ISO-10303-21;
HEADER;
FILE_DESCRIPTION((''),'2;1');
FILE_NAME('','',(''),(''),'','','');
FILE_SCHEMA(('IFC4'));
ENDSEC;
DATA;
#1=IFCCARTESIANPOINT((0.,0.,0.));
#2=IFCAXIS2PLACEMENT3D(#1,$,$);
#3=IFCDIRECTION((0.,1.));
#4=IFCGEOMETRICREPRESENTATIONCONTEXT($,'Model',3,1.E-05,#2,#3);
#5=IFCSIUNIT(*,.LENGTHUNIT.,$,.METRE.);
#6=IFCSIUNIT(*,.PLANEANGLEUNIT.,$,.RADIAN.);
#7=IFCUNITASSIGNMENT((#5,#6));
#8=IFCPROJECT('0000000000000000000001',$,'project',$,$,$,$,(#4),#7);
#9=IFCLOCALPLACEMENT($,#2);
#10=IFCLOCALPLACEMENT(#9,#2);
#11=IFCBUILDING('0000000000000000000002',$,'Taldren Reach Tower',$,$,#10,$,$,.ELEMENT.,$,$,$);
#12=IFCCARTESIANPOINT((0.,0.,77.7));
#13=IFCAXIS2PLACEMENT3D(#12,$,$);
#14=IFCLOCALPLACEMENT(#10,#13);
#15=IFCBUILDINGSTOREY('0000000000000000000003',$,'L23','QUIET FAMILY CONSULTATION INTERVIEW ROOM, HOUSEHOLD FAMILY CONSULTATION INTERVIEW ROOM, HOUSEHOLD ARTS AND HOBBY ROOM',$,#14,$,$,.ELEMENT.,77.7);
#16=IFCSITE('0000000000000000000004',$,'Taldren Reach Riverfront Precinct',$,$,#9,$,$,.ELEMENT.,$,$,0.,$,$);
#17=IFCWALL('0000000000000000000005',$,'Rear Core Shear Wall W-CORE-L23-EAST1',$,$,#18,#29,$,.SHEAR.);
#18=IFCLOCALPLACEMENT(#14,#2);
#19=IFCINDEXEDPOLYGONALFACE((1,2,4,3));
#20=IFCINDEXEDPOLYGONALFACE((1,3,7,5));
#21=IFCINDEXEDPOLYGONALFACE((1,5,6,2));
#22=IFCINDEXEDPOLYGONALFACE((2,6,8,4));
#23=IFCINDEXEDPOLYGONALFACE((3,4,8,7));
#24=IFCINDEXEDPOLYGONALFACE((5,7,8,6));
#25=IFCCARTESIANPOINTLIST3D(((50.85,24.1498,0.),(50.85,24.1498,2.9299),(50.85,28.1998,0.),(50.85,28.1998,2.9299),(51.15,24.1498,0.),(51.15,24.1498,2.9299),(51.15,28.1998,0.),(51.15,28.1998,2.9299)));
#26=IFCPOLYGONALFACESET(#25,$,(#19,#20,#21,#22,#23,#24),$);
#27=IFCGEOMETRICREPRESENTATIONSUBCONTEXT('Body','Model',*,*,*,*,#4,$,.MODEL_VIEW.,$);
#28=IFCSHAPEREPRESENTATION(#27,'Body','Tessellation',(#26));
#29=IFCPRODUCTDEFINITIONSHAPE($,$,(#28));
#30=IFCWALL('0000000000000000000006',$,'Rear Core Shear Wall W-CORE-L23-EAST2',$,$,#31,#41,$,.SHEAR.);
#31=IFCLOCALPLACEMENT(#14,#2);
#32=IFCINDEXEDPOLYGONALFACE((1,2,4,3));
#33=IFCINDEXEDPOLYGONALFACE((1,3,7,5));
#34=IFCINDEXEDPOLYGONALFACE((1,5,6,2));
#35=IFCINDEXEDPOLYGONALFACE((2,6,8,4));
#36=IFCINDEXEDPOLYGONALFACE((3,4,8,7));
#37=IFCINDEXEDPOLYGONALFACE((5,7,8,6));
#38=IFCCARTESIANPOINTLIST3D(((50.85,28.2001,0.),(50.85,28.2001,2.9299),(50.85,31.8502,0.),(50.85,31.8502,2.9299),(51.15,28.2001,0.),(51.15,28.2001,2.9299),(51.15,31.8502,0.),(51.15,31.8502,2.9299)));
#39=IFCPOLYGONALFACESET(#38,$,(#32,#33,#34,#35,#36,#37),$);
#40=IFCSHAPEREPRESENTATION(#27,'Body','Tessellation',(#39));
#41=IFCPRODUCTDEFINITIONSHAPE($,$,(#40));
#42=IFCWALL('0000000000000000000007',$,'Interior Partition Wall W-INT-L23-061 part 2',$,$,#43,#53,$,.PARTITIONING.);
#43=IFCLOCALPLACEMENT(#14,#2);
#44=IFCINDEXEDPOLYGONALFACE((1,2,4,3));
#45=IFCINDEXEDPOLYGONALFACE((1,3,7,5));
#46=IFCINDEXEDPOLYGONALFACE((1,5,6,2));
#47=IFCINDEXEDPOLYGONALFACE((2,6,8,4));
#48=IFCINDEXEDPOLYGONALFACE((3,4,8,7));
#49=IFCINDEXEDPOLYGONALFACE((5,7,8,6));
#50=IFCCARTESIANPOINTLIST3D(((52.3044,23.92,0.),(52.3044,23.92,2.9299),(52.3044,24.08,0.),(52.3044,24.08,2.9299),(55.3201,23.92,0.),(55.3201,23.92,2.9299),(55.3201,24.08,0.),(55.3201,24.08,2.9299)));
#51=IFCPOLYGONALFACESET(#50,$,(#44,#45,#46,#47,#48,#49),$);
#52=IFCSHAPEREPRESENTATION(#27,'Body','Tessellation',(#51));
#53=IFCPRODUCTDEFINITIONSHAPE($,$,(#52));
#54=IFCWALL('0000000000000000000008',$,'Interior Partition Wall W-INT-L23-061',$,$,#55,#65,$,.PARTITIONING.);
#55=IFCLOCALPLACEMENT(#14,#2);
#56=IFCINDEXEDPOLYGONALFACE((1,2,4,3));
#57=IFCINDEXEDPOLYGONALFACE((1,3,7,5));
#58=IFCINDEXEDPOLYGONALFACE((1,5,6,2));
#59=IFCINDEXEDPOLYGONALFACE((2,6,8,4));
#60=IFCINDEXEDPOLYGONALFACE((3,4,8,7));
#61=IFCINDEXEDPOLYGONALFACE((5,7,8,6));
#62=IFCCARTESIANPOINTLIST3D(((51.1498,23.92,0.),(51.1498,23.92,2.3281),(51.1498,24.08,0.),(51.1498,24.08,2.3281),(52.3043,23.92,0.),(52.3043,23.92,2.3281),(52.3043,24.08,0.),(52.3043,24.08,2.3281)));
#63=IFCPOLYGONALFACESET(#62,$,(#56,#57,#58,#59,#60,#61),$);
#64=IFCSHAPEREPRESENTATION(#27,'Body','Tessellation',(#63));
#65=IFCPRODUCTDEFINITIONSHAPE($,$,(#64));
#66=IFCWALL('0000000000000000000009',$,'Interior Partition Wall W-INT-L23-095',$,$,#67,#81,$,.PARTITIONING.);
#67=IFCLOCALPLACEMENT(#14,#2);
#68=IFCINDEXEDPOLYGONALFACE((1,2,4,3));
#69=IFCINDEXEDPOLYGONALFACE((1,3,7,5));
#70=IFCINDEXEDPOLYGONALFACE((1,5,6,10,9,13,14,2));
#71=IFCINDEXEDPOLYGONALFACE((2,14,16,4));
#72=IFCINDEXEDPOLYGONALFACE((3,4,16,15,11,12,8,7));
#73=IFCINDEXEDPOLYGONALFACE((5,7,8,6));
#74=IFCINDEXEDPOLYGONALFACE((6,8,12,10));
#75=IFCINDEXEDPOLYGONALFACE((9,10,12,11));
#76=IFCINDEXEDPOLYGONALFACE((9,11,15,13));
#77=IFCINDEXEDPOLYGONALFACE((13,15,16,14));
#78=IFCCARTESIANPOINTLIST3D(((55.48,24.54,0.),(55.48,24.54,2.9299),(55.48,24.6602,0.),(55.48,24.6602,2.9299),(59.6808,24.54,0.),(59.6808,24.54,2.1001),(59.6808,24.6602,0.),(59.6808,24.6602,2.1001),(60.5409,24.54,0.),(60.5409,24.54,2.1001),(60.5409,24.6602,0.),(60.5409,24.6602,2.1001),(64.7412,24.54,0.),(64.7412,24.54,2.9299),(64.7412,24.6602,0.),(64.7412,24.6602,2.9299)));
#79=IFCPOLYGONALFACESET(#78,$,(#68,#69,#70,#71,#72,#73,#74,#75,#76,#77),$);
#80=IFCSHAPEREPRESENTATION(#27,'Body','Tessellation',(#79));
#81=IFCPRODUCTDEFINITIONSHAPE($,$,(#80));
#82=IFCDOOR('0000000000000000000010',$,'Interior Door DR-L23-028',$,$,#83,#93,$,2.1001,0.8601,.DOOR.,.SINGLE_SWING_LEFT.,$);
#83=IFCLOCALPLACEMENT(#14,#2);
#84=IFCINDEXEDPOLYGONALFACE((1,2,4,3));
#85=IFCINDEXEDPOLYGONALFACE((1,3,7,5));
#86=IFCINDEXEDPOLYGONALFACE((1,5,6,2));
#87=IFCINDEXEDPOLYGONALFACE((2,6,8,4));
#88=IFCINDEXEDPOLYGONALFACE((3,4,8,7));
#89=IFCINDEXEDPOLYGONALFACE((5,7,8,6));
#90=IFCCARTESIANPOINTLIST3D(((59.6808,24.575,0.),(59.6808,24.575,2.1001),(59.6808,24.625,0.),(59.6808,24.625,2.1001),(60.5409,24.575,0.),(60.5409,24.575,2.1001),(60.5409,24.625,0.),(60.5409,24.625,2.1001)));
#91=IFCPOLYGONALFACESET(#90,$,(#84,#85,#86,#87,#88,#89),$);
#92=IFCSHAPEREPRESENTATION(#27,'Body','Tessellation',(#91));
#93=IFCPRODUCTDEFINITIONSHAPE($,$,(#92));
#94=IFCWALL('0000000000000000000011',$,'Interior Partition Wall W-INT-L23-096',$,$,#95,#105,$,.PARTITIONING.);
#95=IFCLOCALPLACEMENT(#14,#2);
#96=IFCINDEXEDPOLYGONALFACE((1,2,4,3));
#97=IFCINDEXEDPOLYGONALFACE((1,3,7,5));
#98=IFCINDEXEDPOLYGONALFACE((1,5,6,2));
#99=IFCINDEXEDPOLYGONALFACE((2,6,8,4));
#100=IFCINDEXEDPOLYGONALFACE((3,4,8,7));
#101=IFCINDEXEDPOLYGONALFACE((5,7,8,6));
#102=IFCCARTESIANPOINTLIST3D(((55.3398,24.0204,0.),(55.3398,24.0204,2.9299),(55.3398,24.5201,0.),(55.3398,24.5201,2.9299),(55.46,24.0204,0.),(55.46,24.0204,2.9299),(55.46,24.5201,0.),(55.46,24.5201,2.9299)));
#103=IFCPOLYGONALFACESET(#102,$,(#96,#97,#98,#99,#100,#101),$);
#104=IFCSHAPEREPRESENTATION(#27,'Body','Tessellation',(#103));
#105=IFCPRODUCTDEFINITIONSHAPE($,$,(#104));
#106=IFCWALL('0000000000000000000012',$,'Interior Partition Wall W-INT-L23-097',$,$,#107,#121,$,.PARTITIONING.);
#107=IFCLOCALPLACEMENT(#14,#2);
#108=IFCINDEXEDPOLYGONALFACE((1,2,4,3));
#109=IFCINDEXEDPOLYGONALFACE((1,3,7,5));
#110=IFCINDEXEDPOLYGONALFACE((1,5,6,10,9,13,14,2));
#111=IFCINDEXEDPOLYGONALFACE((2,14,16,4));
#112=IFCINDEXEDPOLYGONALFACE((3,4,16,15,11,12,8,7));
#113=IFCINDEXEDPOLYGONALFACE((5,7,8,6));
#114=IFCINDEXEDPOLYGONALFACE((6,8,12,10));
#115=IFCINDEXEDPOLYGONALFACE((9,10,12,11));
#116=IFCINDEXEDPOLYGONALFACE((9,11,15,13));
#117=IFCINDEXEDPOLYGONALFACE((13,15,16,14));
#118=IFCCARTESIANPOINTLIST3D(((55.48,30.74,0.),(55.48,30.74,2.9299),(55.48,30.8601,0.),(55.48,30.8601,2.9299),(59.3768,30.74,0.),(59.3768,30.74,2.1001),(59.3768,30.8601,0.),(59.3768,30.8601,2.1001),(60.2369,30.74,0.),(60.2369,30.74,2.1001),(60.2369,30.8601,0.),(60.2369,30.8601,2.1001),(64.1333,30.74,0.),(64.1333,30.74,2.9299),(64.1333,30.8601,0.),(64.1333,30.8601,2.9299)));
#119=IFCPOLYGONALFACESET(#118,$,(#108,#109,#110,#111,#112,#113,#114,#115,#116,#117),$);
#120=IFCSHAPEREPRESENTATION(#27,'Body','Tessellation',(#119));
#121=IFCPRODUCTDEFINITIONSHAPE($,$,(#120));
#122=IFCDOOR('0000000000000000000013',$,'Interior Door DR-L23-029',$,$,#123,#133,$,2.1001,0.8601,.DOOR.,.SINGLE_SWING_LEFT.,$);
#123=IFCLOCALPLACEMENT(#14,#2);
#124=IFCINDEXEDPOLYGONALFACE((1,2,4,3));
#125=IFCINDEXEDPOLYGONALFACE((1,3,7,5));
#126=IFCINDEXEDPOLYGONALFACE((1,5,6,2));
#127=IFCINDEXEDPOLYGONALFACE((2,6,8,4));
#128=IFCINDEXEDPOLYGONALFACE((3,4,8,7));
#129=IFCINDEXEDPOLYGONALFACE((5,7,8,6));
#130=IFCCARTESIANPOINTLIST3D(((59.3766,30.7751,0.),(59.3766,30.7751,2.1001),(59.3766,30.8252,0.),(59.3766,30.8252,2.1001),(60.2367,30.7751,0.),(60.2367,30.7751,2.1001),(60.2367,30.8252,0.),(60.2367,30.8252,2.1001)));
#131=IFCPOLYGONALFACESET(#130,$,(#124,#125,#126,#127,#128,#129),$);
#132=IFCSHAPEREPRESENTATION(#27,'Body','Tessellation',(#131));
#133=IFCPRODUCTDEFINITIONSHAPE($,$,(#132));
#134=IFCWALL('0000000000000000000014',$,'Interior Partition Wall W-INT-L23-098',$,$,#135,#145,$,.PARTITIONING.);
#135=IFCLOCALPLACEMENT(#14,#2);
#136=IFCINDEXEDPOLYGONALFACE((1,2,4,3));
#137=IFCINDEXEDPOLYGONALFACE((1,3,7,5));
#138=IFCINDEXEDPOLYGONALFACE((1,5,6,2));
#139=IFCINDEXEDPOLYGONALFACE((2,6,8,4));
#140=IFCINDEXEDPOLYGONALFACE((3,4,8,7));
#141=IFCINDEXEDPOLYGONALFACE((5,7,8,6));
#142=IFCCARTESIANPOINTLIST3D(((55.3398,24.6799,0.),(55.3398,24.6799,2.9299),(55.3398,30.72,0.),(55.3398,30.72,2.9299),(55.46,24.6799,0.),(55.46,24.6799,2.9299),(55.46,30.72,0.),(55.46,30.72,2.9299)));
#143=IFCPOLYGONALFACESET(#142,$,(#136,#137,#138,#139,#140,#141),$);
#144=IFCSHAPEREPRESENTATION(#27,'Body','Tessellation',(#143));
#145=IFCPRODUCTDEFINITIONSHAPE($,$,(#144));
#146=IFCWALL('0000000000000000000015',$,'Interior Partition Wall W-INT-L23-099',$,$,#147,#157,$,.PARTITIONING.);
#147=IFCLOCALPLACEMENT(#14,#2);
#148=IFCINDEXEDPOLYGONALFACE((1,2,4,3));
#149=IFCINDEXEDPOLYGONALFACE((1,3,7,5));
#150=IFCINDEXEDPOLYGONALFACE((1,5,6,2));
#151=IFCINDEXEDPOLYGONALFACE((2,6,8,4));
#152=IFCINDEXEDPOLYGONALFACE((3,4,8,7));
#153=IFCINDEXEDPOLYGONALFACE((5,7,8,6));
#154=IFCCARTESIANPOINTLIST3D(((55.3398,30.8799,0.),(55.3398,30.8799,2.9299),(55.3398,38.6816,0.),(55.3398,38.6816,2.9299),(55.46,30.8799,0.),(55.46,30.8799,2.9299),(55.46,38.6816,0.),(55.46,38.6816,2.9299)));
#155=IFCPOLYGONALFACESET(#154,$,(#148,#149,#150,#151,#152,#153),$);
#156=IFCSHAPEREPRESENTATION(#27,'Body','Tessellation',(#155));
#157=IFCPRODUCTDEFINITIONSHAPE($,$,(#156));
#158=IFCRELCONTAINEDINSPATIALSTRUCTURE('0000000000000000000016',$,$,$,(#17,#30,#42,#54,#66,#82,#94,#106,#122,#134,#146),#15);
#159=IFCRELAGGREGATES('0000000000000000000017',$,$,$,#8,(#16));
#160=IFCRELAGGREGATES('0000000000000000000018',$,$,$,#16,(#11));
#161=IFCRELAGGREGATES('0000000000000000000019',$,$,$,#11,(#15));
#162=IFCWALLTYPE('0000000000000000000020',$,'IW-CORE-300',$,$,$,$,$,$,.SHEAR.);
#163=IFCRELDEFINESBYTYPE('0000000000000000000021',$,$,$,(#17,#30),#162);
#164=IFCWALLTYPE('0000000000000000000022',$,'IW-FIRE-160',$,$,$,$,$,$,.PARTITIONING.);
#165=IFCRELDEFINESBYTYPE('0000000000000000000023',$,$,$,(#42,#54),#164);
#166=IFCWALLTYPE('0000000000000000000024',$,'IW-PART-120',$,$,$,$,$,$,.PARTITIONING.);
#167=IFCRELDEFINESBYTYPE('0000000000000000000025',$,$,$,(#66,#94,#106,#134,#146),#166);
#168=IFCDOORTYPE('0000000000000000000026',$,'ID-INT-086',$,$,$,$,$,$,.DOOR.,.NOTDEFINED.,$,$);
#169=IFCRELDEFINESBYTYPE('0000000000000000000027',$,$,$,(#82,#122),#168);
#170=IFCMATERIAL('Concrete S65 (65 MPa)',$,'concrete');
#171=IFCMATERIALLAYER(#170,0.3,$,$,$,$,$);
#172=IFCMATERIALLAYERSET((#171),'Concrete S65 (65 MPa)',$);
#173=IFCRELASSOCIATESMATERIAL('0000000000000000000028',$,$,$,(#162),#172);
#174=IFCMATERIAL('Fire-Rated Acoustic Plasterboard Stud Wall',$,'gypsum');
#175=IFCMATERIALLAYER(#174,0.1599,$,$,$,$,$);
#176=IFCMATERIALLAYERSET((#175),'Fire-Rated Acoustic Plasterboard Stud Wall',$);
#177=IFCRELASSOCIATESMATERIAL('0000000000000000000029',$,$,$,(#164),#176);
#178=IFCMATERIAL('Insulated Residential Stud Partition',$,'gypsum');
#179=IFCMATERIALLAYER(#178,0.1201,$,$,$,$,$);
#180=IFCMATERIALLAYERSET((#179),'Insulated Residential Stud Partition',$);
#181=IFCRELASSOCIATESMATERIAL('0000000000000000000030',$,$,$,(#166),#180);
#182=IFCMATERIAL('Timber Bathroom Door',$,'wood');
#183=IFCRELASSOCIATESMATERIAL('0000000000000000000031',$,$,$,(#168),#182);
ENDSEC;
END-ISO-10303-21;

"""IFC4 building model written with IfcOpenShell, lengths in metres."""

from ifc_helpers import new_model, si_unit, direction, frame, frame_2d, origin, place, context, subcontext, project, spatial, rectangle, extrude, source, transform, mapped, material, layer, layer_set, type_object, element, fill, save


model = new_model("IFC4")

# Units and contexts
model_context = context("Model", 3, precision=1e-05, world=origin(), true_north=direction((0.0, 1.0)))
body_context = subcontext(model_context, "Body", "Model", "MODEL_VIEW")
ifc_project = project(units=[si_unit("LENGTHUNIT", "METRE"), si_unit("PLANEANGLEUNIT", "RADIAN")], contexts=[model_context])

# Site, building, storey
site_placement = place(None, origin())
site = spatial("IfcSite", under=ifc_project, at=site_placement, Name="Taldren Reach Riverfront Precinct", CompositionType="ELEMENT", RefElevation=0.0)
building_placement = place(site_placement, origin())
building = spatial("IfcBuilding", under=site, at=building_placement, Name="Taldren Reach Tower", CompositionType="ELEMENT")
storey_placement = place(building_placement, frame((0.0, 0.0, 77.7)))
storey = spatial("IfcBuildingStorey", under=building, at=storey_placement, Name="L23", Description="QUIET FAMILY CONSULTATION INTERVIEW ROOM, HOUSEHOLD FAMILY CONSULTATION INTERVIEW ROOM, HOUSEHOLD ARTS AND HOBBY ROOM", CompositionType="ELEMENT", Elevation=77.7)

# Shared definitions
ifc_material_1 = material(Name="Concrete S65 (65 MPa)", Category="concrete")

# Walls
ifc_layer_1 = layer(ifc_material_1, 0.3)
ifc_layer_set_1 = layer_set([ifc_layer_1], Name="Concrete S65 (65 MPa)")
wall_type_1 = type_object("IfcWallType", Name="IW-CORE-300", PredefinedType="SHEAR", material=ifc_layer_set_1)
shared_shape_1 = source(origin(), body_context, "Body", "SweptSolid", [
    extrude(rectangle(XDim=4.05, YDim=0.3, at=frame_2d((2.0249, 0.0))), origin(), (0.0, 0.0, 1.0), 2.9299),
])
wall_1_placement = place(storey_placement, frame((51.0, 24.1499, 0.0), z_axis=(0.0, 0.0, 1.0), x_axis=(0.0, 1.0, 0.0)))
element("IfcWall", 1, at=wall_1_placement, inside=storey, type_object=wall_type_1, Name="Rear Core Shear Wall W-CORE-L23-EAST1", PredefinedType="SHEAR", context=body_context, shape_type="MappedRepresentation", body=[
    mapped(shared_shape_1, transform((0.0, 0.0, 0.0), scale=1.0)),
])
shared_shape_2 = source(origin(), body_context, "Body", "SweptSolid", [
    extrude(rectangle(XDim=3.6501, YDim=0.3, at=frame_2d((1.8252, 0.0))), origin(), (0.0, 0.0, 1.0), 2.9299),
])
wall_2_placement = place(storey_placement, frame((51.0, 28.2, 0.0), z_axis=(0.0, 0.0, 1.0), x_axis=(0.0, 1.0, 0.0)))
element("IfcWall", 2, at=wall_2_placement, inside=storey, type_object=wall_type_1, Name="Rear Core Shear Wall W-CORE-L23-EAST2", PredefinedType="SHEAR", context=body_context, shape_type="MappedRepresentation", body=[
    mapped(shared_shape_2, transform((0.0, 0.0, 0.0), scale=1.0)),
])
ifc_material_2 = material(Name="Fire-Rated Acoustic Plasterboard Stud Wall", Category="gypsum")
ifc_layer_2 = layer(ifc_material_2, 0.1599)
ifc_layer_set_2 = layer_set([ifc_layer_2], Name="Fire-Rated Acoustic Plasterboard Stud Wall")
wall_type_2 = type_object("IfcWallType", Name="IW-FIRE-160", PredefinedType="PARTITIONING", material=ifc_layer_set_2)
shared_shape_3 = source(origin(), body_context, "Body", "SweptSolid", [
    extrude(rectangle(XDim=3.0156, YDim=0.1599, at=frame_2d((1.5078, 0.0))), origin(), (0.0, 0.0, 1.0), 2.9299),
])
wall_3_placement = place(storey_placement, frame((52.3044, 24.0, 0.0), z_axis=(0.0, 0.0, 1.0), x_axis=(1.0, 0.0, 0.0)))
element("IfcWall", 3, at=wall_3_placement, inside=storey, type_object=wall_type_2, Name="Interior Partition Wall W-INT-L23-061 part 2", PredefinedType="PARTITIONING", context=body_context, shape_type="MappedRepresentation", body=[
    mapped(shared_shape_3, transform((0.0, 0.0, 0.0), scale=1.0)),
])
shared_shape_4 = source(origin(), body_context, "Body", "SweptSolid", [
    extrude(rectangle(XDim=1.1545, YDim=0.1599, at=frame_2d((0.5771, 0.0))), origin(), (0.0, 0.0, 1.0), 2.3281),
])
wall_4_placement = place(storey_placement, frame((51.1499, 24.0, 0.0), z_axis=(0.0, 0.0, 1.0), x_axis=(1.0, 0.0, 0.0)))
element("IfcWall", 4, at=wall_4_placement, inside=storey, type_object=wall_type_2, Name="Interior Partition Wall W-INT-L23-061", PredefinedType="PARTITIONING", context=body_context, shape_type="MappedRepresentation", body=[
    mapped(shared_shape_4, transform((0.0, 0.0, 0.0), scale=1.0)),
])

# Wall, opening, door
ifc_material_3 = material(Name="Insulated Residential Stud Partition", Category="gypsum")
ifc_layer_3 = layer(ifc_material_3, 0.1201)
ifc_layer_set_3 = layer_set([ifc_layer_3], Name="Insulated Residential Stud Partition")
wall_type_3 = type_object("IfcWallType", Name="IW-PART-120", PredefinedType="PARTITIONING", material=ifc_layer_set_3)
shared_shape_5 = source(origin(), body_context, "Body", "SweptSolid", [
    extrude(rectangle(XDim=9.2612, YDim=0.1201, at=frame_2d((4.6306, 0.0))), origin(), (0.0, 0.0, 1.0), 2.9299),
])
wall_5_placement = place(storey_placement, frame((55.48, 24.6001, 0.0), z_axis=(0.0, 0.0, 1.0), x_axis=(1.0, 0.0, 0.0)))
wall_5 = element("IfcWall", 5, at=wall_5_placement, inside=storey, type_object=wall_type_3, Name="Interior Partition Wall W-INT-L23-095", PredefinedType="PARTITIONING", context=body_context, shape_type="MappedRepresentation", body=[
    mapped(shared_shape_5, transform((0.0, 0.0, 0.0), scale=1.0)),
])
shared_shape_6 = source(origin(), body_context, "Body", "SweptSolid", [
    extrude(rectangle(XDim=0.8601, YDim=2.1001, at=frame_2d((0.4302, 1.05))), frame((0.0, 0.0701, 0.0), z_axis=(0.0, -1.0, 0.0), x_axis=(1.0, 0.0, 0.0)), (0.0, 0.0, 1.0), 0.1401),
])
opening_1_placement = place(wall_5_placement, frame((4.2007, 0.0, 0.0)))
opening_1 = element("IfcOpeningElement", 6, at=opening_1_placement, cuts=wall_5, PredefinedType="OPENING", context=body_context, shape_type="MappedRepresentation", body=[
    mapped(shared_shape_6, transform((0.0, 0.0, 0.0), scale=1.0)),
])
ifc_material_4 = material(Name="Timber Bathroom Door", Category="wood")
door_type = type_object("IfcDoorType", Name="ID-INT-086", OperationType="NOTDEFINED", PredefinedType="DOOR", material=ifc_material_4)
shared_shape_7 = source(origin(), body_context, "Body", "SweptSolid", [
    extrude(rectangle(XDim=0.8601, YDim=2.1001, at=frame_2d((0.4302, 1.05))), frame((0.0, 0.0249, 0.0), z_axis=(0.0, -1.0, 0.0), x_axis=(1.0, 0.0, 0.0)), (0.0, 0.0, 1.0), 0.05),
])
door_1_placement = place(opening_1_placement, origin())
door_1 = element("IfcDoor", 7, at=door_1_placement, inside=storey, type_object=door_type, Name="Interior Door DR-L23-028", OperationType="SINGLE_SWING_LEFT", OverallHeight=2.1001, OverallWidth=0.8601, PredefinedType="DOOR", context=body_context, shape_type="MappedRepresentation", body=[
    mapped(shared_shape_7, transform((0.0, 0.0, 0.0), scale=1.0)),
])
fill(opening_1, door_1)

# Wall
shared_shape_8 = source(origin(), body_context, "Body", "SweptSolid", [
    extrude(rectangle(XDim=0.4998, YDim=0.1201, at=frame_2d((0.25, 0.0))), origin(), (0.0, 0.0, 1.0), 2.9299),
])
wall_6_placement = place(storey_placement, frame((55.3999, 24.0203, 0.0), z_axis=(0.0, 0.0, 1.0), x_axis=(0.0, 1.0, 0.0)))
element("IfcWall", 8, at=wall_6_placement, inside=storey, type_object=wall_type_3, Name="Interior Partition Wall W-INT-L23-096", PredefinedType="PARTITIONING", context=body_context, shape_type="MappedRepresentation", body=[
    mapped(shared_shape_8, transform((0.0, 0.0, 0.0), scale=1.0)),
])

# Wall, opening, door
shared_shape_9 = source(origin(), body_context, "Body", "SweptSolid", [
    extrude(rectangle(XDim=8.6533, YDim=0.1201, at=frame_2d((4.3267, 0.0))), origin(), (0.0, 0.0, 1.0), 2.9299),
])
wall_7_placement = place(storey_placement, frame((55.48, 30.8, 0.0), z_axis=(0.0, 0.0, 1.0), x_axis=(1.0, 0.0, 0.0)))
wall_7 = element("IfcWall", 9, at=wall_7_placement, inside=storey, type_object=wall_type_3, Name="Interior Partition Wall W-INT-L23-097", PredefinedType="PARTITIONING", context=body_context, shape_type="MappedRepresentation", body=[
    mapped(shared_shape_9, transform((0.0, 0.0, 0.0), scale=1.0)),
])
opening_2_placement = place(wall_7_placement, frame((3.8967, 0.0, 0.0)))
opening_2 = element("IfcOpeningElement", 10, at=opening_2_placement, cuts=wall_7, PredefinedType="OPENING", context=body_context, shape_type="MappedRepresentation", body=[
    mapped(shared_shape_6, transform((0.0, 0.0, 0.0), scale=1.0)),
])
door_2_placement = place(opening_2_placement, frame((0.8601, 0.0, 0.0), z_axis=(0.0, 0.0, 1.0), x_axis=(-1.0, 0.0, 0.0)))
door_2 = element("IfcDoor", 11, at=door_2_placement, inside=storey, type_object=door_type, Name="Interior Door DR-L23-029", OperationType="SINGLE_SWING_LEFT", OverallHeight=2.1001, OverallWidth=0.8601, PredefinedType="DOOR", context=body_context, shape_type="MappedRepresentation", body=[
    mapped(shared_shape_7, transform((0.0, 0.0, 0.0), scale=1.0)),
])
fill(opening_2, door_2)

# Walls
shared_shape_10 = source(origin(), body_context, "Body", "SweptSolid", [
    extrude(rectangle(XDim=6.04, YDim=0.1201, at=frame_2d((3.02, 0.0))), origin(), (0.0, 0.0, 1.0), 2.9299),
])
wall_8_placement = place(storey_placement, frame((55.3999, 24.6799, 0.0), z_axis=(0.0, 0.0, 1.0), x_axis=(0.0, 1.0, 0.0)))
element("IfcWall", 12, at=wall_8_placement, inside=storey, type_object=wall_type_3, Name="Interior Partition Wall W-INT-L23-098", PredefinedType="PARTITIONING", context=body_context, shape_type="MappedRepresentation", body=[
    mapped(shared_shape_10, transform((0.0, 0.0, 0.0), scale=1.0)),
])
shared_shape_11 = source(origin(), body_context, "Body", "SweptSolid", [
    extrude(rectangle(XDim=7.8018, YDim=0.1201, at=frame_2d((3.9009, 0.0))), origin(), (0.0, 0.0, 1.0), 2.9299),
])
wall_9_placement = place(storey_placement, frame((55.3999, 30.8799, 0.0), z_axis=(0.0, 0.0, 1.0), x_axis=(0.0, 1.0, 0.0)))
element("IfcWall", 13, at=wall_9_placement, inside=storey, type_object=wall_type_3, Name="Interior Partition Wall W-INT-L23-099", PredefinedType="PARTITIONING", context=body_context, shape_type="MappedRepresentation", body=[
    mapped(shared_shape_11, transform((0.0, 0.0, 0.0), scale=1.0)),
])

save(model, "model.ifc")
